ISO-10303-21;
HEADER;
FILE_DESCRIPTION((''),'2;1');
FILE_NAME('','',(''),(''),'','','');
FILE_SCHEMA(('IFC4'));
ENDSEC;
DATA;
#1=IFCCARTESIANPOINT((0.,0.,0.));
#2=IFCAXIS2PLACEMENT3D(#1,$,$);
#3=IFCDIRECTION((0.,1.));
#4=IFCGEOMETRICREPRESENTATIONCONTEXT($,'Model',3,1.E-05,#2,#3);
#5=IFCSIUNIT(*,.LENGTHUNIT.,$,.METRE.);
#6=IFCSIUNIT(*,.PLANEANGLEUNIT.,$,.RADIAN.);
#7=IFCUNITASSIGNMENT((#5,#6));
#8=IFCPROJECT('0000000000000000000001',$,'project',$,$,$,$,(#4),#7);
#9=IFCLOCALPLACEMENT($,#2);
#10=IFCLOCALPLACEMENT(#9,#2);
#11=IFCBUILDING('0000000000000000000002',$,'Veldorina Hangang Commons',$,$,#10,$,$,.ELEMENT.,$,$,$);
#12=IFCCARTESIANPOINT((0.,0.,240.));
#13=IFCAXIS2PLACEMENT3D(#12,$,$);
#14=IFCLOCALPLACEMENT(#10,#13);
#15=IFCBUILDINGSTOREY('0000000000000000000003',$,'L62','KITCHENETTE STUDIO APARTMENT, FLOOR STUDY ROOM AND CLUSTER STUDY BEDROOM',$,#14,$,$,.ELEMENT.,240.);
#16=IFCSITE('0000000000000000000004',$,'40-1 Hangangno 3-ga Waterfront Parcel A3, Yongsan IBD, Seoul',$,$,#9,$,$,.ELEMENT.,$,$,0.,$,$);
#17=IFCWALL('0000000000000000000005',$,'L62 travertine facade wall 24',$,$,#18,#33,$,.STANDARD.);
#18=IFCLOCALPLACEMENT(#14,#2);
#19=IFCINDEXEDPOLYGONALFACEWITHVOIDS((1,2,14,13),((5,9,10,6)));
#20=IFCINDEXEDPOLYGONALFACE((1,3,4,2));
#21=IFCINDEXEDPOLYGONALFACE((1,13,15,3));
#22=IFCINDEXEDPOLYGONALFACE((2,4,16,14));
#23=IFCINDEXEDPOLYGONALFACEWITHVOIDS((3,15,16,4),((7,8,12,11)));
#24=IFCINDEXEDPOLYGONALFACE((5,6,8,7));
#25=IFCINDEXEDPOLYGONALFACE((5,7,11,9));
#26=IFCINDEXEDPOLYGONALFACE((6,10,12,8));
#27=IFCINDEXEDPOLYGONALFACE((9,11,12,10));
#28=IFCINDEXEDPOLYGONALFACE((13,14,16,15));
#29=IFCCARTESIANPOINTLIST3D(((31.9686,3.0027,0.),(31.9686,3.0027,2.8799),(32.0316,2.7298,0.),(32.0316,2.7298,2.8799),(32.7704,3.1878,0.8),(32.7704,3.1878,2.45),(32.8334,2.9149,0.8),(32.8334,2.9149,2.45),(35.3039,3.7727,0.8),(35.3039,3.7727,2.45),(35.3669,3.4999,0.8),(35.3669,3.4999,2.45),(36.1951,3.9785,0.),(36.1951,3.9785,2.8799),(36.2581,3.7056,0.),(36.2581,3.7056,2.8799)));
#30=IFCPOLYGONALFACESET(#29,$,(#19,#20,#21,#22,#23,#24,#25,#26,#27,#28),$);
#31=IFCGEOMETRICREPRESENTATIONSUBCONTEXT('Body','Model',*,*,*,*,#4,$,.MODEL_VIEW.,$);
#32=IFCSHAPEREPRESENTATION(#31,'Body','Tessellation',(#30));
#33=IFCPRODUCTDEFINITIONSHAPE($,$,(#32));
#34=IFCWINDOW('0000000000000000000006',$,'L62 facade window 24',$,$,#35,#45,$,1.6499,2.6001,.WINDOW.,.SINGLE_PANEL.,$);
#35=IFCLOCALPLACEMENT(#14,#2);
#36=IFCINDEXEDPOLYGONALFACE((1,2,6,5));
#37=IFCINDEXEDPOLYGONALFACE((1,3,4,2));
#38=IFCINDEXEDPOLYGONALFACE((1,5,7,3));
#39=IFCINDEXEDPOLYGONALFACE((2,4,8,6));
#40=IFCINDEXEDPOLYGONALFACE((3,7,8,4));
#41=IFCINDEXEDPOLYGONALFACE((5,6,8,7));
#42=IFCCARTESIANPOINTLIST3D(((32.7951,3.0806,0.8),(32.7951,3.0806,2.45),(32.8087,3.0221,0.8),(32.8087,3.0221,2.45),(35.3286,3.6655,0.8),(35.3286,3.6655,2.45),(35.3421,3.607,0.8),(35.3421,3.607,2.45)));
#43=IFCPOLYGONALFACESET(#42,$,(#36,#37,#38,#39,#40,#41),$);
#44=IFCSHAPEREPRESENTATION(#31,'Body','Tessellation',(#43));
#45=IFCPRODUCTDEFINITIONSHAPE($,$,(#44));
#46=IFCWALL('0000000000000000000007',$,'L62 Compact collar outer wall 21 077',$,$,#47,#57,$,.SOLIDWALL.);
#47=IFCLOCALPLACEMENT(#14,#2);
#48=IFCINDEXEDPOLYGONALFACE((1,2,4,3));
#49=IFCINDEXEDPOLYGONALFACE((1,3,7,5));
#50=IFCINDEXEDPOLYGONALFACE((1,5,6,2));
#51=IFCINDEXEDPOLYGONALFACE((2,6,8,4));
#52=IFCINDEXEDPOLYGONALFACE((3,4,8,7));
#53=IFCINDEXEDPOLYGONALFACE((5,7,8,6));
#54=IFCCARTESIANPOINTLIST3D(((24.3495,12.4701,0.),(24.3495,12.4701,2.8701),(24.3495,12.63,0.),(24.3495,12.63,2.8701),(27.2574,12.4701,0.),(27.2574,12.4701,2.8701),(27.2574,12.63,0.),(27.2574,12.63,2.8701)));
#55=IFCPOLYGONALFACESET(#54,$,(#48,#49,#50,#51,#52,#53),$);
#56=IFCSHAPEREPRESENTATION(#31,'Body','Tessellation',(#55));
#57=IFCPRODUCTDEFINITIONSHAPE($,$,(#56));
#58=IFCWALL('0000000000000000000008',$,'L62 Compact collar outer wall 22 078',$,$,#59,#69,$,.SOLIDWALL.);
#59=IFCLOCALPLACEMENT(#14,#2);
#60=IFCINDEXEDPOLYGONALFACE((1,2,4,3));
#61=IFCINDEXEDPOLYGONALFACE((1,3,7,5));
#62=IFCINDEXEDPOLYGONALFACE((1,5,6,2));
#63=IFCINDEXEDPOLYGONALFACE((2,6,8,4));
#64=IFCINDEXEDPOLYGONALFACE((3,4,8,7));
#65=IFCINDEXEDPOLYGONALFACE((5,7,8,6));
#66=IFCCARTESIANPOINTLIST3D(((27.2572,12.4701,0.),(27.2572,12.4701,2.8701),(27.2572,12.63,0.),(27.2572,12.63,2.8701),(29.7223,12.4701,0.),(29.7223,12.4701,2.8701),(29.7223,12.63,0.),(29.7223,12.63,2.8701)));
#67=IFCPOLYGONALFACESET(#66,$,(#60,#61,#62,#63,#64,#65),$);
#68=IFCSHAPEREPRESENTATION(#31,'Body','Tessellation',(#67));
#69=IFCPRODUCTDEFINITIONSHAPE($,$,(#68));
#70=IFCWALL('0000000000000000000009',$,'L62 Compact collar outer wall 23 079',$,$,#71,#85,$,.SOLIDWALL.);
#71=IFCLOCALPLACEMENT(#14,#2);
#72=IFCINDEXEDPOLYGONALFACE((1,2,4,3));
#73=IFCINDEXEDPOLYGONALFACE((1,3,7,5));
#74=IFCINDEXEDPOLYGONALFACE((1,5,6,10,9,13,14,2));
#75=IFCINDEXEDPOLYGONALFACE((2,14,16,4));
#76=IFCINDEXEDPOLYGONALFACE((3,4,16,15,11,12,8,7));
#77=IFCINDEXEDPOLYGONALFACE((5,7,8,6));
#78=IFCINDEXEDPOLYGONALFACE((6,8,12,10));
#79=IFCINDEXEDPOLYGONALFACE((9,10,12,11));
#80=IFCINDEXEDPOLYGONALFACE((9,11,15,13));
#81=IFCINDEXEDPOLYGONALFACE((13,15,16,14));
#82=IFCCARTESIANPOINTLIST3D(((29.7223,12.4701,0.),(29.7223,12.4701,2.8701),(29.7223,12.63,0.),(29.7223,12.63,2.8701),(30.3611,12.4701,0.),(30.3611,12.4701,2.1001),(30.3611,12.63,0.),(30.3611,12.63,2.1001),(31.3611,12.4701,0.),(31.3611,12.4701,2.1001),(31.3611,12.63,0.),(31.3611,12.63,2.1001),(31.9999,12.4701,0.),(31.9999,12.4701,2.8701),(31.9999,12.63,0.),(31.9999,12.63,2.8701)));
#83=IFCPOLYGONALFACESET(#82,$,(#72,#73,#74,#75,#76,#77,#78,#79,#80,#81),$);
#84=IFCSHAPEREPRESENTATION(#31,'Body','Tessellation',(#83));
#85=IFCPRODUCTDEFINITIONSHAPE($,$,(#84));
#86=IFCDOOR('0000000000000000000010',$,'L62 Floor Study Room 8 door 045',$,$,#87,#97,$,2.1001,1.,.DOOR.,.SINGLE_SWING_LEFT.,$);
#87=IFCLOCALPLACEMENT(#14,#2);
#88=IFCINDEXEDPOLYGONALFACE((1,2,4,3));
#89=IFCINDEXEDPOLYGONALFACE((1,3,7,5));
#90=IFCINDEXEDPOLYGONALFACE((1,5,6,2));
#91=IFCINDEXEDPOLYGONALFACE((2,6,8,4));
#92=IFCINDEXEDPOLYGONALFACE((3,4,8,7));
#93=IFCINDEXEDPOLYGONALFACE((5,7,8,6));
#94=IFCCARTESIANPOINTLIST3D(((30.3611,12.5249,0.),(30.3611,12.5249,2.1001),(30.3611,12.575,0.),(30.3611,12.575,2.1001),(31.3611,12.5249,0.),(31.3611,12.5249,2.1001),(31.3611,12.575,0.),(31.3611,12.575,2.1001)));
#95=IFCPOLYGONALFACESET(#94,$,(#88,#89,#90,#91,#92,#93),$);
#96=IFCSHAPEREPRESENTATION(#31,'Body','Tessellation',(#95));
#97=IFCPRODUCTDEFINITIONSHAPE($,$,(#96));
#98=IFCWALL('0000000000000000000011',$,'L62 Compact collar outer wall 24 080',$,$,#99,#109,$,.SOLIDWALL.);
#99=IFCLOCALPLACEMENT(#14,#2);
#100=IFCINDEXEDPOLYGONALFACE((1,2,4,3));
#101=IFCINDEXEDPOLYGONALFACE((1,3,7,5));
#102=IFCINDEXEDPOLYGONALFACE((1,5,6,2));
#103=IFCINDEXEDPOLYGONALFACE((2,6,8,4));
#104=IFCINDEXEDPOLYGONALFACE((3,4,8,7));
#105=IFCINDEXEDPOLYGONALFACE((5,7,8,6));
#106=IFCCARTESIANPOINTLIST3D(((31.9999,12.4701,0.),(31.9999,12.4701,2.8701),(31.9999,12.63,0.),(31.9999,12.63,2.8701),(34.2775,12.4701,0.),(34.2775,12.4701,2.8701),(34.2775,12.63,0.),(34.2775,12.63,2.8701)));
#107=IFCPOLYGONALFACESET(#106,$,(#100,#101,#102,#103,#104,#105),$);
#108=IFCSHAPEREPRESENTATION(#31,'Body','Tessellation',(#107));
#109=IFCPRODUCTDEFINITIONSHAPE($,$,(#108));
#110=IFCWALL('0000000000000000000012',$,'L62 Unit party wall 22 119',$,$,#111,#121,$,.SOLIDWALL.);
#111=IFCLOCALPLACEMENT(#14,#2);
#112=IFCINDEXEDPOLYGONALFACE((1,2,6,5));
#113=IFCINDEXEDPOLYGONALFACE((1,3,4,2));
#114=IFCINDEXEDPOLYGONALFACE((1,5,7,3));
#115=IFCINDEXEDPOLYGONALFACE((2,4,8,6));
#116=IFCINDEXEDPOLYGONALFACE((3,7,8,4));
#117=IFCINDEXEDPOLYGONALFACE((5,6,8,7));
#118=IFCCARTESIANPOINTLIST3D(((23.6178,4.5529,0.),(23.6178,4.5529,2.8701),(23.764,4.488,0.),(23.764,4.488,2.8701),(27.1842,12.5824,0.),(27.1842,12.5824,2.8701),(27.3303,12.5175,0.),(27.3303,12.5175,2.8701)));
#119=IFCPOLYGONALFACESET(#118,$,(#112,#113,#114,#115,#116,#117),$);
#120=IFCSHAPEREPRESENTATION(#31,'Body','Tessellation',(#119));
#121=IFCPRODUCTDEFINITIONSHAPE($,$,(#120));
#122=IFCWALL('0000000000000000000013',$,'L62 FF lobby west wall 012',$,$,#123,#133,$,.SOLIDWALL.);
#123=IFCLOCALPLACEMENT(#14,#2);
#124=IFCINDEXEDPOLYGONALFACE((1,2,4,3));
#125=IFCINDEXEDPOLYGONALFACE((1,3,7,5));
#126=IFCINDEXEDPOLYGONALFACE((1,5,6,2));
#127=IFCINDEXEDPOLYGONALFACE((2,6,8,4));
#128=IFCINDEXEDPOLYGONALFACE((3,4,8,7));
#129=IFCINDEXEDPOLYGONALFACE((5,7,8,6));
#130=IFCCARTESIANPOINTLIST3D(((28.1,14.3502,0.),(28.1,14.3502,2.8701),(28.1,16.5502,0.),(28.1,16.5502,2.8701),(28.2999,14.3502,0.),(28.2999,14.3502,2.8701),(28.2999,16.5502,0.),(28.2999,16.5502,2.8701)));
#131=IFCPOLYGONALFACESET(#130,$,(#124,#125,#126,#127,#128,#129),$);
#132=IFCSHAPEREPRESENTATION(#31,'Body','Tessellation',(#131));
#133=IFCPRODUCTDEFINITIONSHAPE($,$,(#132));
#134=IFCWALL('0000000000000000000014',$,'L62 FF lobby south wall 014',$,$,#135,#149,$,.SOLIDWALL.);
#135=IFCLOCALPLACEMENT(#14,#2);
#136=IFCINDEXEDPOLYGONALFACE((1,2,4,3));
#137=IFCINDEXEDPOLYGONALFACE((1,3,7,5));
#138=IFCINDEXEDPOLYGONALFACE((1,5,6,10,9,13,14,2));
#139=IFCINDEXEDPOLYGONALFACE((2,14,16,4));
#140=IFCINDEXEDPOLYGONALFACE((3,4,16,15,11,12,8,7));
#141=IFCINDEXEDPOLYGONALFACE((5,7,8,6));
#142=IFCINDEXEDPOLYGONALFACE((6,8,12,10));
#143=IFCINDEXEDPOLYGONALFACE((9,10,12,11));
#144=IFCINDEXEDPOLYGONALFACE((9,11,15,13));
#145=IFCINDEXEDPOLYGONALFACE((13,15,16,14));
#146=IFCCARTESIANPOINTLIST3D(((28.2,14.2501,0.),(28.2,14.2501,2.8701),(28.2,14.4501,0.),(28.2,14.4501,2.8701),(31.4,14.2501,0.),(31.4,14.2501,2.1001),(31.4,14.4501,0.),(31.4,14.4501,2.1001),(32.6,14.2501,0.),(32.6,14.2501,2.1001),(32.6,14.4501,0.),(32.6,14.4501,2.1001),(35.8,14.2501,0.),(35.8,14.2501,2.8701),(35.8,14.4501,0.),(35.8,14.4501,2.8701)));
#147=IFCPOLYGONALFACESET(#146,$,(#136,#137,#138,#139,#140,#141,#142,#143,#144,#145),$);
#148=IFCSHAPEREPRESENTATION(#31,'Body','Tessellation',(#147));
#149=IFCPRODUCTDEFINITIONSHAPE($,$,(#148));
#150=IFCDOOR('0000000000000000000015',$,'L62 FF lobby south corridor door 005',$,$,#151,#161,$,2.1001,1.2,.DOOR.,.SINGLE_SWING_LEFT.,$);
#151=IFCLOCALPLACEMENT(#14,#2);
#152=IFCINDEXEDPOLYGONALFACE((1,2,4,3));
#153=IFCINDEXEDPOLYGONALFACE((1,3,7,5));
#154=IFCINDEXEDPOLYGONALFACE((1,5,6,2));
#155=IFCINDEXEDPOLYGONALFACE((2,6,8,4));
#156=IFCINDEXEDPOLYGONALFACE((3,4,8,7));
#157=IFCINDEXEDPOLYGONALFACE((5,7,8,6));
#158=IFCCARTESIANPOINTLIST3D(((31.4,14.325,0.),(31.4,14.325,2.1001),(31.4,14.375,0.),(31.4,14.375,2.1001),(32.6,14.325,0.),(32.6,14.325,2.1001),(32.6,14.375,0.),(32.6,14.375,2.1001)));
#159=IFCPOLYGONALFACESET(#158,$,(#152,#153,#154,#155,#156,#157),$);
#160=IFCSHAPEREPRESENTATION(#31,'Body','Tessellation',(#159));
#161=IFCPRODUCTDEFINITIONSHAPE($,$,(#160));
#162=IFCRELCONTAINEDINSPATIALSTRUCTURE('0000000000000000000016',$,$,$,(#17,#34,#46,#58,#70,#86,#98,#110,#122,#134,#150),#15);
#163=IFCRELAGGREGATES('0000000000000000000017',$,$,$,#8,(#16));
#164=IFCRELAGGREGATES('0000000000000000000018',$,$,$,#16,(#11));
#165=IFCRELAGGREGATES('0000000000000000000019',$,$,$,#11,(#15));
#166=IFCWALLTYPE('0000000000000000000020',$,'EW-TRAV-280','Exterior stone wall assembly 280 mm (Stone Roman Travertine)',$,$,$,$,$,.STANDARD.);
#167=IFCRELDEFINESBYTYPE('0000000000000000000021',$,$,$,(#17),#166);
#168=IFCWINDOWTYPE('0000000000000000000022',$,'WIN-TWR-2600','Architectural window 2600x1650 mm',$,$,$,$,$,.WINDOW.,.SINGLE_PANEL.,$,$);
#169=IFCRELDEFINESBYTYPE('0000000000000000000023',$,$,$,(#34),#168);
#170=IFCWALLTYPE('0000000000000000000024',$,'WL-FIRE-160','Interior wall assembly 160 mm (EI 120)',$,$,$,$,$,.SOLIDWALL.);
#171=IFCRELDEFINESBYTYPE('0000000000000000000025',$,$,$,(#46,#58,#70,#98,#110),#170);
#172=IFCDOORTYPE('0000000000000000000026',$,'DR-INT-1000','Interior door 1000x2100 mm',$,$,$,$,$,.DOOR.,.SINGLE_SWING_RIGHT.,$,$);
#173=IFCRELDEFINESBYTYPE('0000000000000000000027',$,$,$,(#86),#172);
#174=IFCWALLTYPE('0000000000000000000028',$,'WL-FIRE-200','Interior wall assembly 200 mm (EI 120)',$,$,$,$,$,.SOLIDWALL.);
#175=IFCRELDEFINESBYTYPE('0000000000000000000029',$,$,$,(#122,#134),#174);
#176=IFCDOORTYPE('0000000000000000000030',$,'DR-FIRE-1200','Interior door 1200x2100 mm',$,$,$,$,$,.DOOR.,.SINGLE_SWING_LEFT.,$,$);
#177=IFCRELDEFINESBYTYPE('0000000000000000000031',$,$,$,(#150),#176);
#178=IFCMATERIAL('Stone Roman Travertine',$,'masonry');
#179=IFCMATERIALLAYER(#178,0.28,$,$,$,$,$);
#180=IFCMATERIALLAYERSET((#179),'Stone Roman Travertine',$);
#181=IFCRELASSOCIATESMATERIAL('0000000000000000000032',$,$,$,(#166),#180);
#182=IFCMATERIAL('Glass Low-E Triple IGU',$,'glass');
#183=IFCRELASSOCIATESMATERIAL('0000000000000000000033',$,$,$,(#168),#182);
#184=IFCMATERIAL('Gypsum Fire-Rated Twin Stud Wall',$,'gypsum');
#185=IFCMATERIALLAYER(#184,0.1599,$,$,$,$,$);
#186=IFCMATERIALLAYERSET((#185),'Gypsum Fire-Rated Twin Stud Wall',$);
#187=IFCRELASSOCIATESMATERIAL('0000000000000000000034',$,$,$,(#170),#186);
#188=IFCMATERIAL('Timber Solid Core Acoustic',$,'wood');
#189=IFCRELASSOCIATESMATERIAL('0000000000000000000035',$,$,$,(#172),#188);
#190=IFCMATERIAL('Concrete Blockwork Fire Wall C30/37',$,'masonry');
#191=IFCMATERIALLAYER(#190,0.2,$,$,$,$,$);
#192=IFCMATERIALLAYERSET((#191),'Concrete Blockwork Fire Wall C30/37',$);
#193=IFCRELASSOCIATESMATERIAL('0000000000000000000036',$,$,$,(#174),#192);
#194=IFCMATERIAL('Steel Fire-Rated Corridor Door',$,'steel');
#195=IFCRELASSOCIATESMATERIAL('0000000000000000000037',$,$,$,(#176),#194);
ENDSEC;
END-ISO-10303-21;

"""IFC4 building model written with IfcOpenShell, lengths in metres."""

from ifc_helpers import new_model, si_unit, direction, frame, frame_2d, origin, place, context, subcontext, project, spatial, rectangle, extrude, material, layer, layer_set, type_object, element, fill, save


model = new_model("IFC4")

# Units and contexts
model_context = context("Model", 3, precision=1e-05, world=origin(), true_north=direction((0.0, 1.0)))
body_context = subcontext(model_context, "Body", "Model", "MODEL_VIEW")
ifc_project = project(units=[si_unit("LENGTHUNIT", "METRE"), si_unit("PLANEANGLEUNIT", "RADIAN")], contexts=[model_context])

# Site, building, storey
site_placement = place(None, origin())
site = spatial("IfcSite", under=ifc_project, at=site_placement, Name="40-1 Hangangno 3-ga Waterfront Parcel A3, Yongsan IBD, Seoul", CompositionType="ELEMENT", RefElevation=0.0)
building_placement = place(site_placement, origin())
building = spatial("IfcBuilding", under=site, at=building_placement, Name="Veldorina Hangang Commons", CompositionType="ELEMENT")
storey_placement = place(building_placement, frame((0.0, 0.0, 240.0)))
storey = spatial("IfcBuildingStorey", under=building, at=storey_placement, Name="L62", Description="KITCHENETTE STUDIO APARTMENT, FLOOR STUDY ROOM AND CLUSTER STUDY BEDROOM", CompositionType="ELEMENT", Elevation=240.0)

# Shared definitions
ifc_material_1 = material(Name="Stone Roman Travertine", Category="masonry")
ifc_layer_1 = layer(ifc_material_1, 0.28)
ifc_layer_set_1 = layer_set([ifc_layer_1], Name="Stone Roman Travertine")
wall_type_1 = type_object("IfcWallType", Name="EW-TRAV-280", Description="Exterior stone wall assembly 280 mm (Stone Roman Travertine)", PredefinedType="STANDARD", material=ifc_layer_set_1)

# Wall, opening, window
wall_1_placement = place(storey_placement, frame((32.0, 2.8662, 0.0), z_axis=(0.0, 0.0, 1.0), x_axis=(0.974367, 0.224962, 0.0)))
wall_1 = element("IfcWall", 1, at=wall_1_placement, inside=storey, type_object=wall_type_1, Name="L62 travertine facade wall 24", PredefinedType="STANDARD", context=body_context, shape_type="SweptSolid", body=[
    extrude(rectangle(XDim=4.3376, YDim=0.28, at=frame_2d((2.1689, 0.0))), origin(), (0.0, 0.0, 1.0), 2.8799),
])
opening_1_placement = place(wall_1_placement, frame((0.823, 0.0, 0.8)))
opening_1 = element("IfcOpeningElement", 2, at=opening_1_placement, cuts=wall_1, PredefinedType="OPENING", context=body_context, shape_type="SweptSolid", body=[
    extrude(rectangle(XDim=2.6001, YDim=1.6499, at=frame_2d((1.3, 0.825))), frame((0.0, 0.1499, 0.0), z_axis=(0.0, -1.0, 0.0), x_axis=(1.0, 0.0, 0.0)), (0.0, 0.0, 1.0), 0.3),
])
ifc_material_2 = material(Name="Glass Low-E Triple IGU", Category="glass")
window_type = type_object("IfcWindowType", Name="WIN-TWR-2600", Description="Architectural window 2600x1650 mm", PartitioningType="SINGLE_PANEL", PredefinedType="WINDOW", material=ifc_material_2)
window_placement = place(opening_1_placement, origin())
window = element("IfcWindow", 3, at=window_placement, inside=storey, type_object=window_type, Name="L62 facade window 24", OverallHeight=1.6499, OverallWidth=2.6001, PartitioningType="SINGLE_PANEL", PredefinedType="WINDOW", context=body_context, shape_type="SweptSolid", body=[
    extrude(rectangle(XDim=2.6001, YDim=1.6499, at=frame_2d((1.3, 0.825))), frame((0.0, 0.03, 0.0), z_axis=(0.0, -1.0, 0.0), x_axis=(1.0, 0.0, 0.0)), (0.0, 0.0, 1.0), 0.0601),
])
fill(opening_1, window)

# Walls
ifc_material_3 = material(Name="Gypsum Fire-Rated Twin Stud Wall", Category="gypsum")
ifc_layer_2 = layer(ifc_material_3, 0.1599)
ifc_layer_set_2 = layer_set([ifc_layer_2], Name="Gypsum Fire-Rated Twin Stud Wall")
wall_type_2 = type_object("IfcWallType", Name="WL-FIRE-160", Description="Interior wall assembly 160 mm (EI 120)", PredefinedType="SOLIDWALL", material=ifc_layer_set_2)
wall_2_placement = place(storey_placement, frame((24.3494, 12.55, 0.0), z_axis=(0.0, 0.0, 1.0), x_axis=(1.0, 0.0, 0.0)))
element("IfcWall", 4, at=wall_2_placement, inside=storey, type_object=wall_type_2, Name="L62 Compact collar outer wall 21 077", PredefinedType="SOLIDWALL", context=body_context, shape_type="SweptSolid", body=[
    extrude(rectangle(XDim=2.908, YDim=0.1599, at=frame_2d((1.4541, 0.0))), origin(), (0.0, 0.0, 1.0), 2.8701),
])
wall_3_placement = place(storey_placement, frame((27.2573, 12.55, 0.0), z_axis=(0.0, 0.0, 1.0), x_axis=(1.0, 0.0, 0.0)))
element("IfcWall", 5, at=wall_3_placement, inside=storey, type_object=wall_type_2, Name="L62 Compact collar outer wall 22 078", PredefinedType="SOLIDWALL", context=body_context, shape_type="SweptSolid", body=[
    extrude(rectangle(XDim=2.4651, YDim=0.1599, at=frame_2d((1.2324, 0.0))), origin(), (0.0, 0.0, 1.0), 2.8701),
])

# Wall, opening, door
wall_4_placement = place(storey_placement, frame((29.7224, 12.55, 0.0), z_axis=(0.0, 0.0, 1.0), x_axis=(1.0, 0.0, 0.0)))
wall_4 = element("IfcWall", 6, at=wall_4_placement, inside=storey, type_object=wall_type_2, Name="L62 Compact collar outer wall 23 079", PredefinedType="SOLIDWALL", context=body_context, shape_type="SweptSolid", body=[
    extrude(rectangle(XDim=2.2776, YDim=0.1599, at=frame_2d((1.1387, 0.0))), origin(), (0.0, 0.0, 1.0), 2.8701),
])
opening_2_placement = place(wall_4_placement, frame((0.6387, 0.0, 0.0)))
opening_2 = element("IfcOpeningElement", 7, at=opening_2_placement, cuts=wall_4, PredefinedType="OPENING", context=body_context, shape_type="SweptSolid", body=[
    extrude(rectangle(XDim=1.0, YDim=2.1001, at=frame_2d((0.5, 1.05))), frame((0.0, 0.0898, 0.0), z_axis=(0.0, -1.0, 0.0), x_axis=(1.0, 0.0, 0.0)), (0.0, 0.0, 1.0), 0.1799),
])
ifc_material_4 = material(Name="Timber Solid Core Acoustic", Category="wood")
door_type_1 = type_object("IfcDoorType", Name="DR-INT-1000", Description="Interior door 1000x2100 mm", OperationType="SINGLE_SWING_RIGHT", PredefinedType="DOOR", material=ifc_material_4)
door_1_placement = place(opening_2_placement, origin())
door_1 = element("IfcDoor", 8, at=door_1_placement, inside=storey, type_object=door_type_1, Name="L62 Floor Study Room 8 door 045", OperationType="SINGLE_SWING_LEFT", OverallHeight=2.1001, OverallWidth=1.0, PredefinedType="DOOR", context=body_context, shape_type="SweptSolid", body=[
    extrude(rectangle(XDim=1.0, YDim=2.1001, at=frame_2d((0.5, 1.05))), frame((0.0, 0.0249, 0.0), z_axis=(0.0, -1.0, 0.0), x_axis=(1.0, 0.0, 0.0)), (0.0, 0.0, 1.0), 0.05),
])
fill(opening_2, door_1)

# Walls
wall_5_placement = place(storey_placement, frame((32.0, 12.55, 0.0), z_axis=(0.0, 0.0, 1.0), x_axis=(1.0, 0.0, 0.0)))
element("IfcWall", 9, at=wall_5_placement, inside=storey, type_object=wall_type_2, Name="L62 Compact collar outer wall 24 080", PredefinedType="SOLIDWALL", context=body_context, shape_type="SweptSolid", body=[
    extrude(rectangle(XDim=2.2776, YDim=0.1599, at=frame_2d((1.1387, 0.0))), origin(), (0.0, 0.0, 1.0), 2.8701),
])
wall_6_placement = place(storey_placement, frame((27.2573, 12.55, 0.0), z_axis=(0.0, 0.0, 1.0), x_axis=(-0.405922, -0.913908, 0.0)))
element("IfcWall", 10, at=wall_6_placement, inside=storey, type_object=wall_type_2, Name="L62 Unit party wall 22 119", PredefinedType="SOLIDWALL", context=body_context, shape_type="SweptSolid", body=[
    extrude(rectangle(XDim=8.7859, YDim=0.1599, at=frame_2d((4.3931, 0.0))), origin(), (0.0, 0.0, 1.0), 2.8701),
])
ifc_material_5 = material(Name="Concrete Blockwork Fire Wall C30/37", Category="masonry")
ifc_layer_3 = layer(ifc_material_5, 0.2)
ifc_layer_set_3 = layer_set([ifc_layer_3], Name="Concrete Blockwork Fire Wall C30/37")
wall_type_3 = type_object("IfcWallType", Name="WL-FIRE-200", Description="Interior wall assembly 200 mm (EI 120)", PredefinedType="SOLIDWALL", material=ifc_layer_set_3)
wall_7_placement = place(storey_placement, frame((28.2, 14.3501, 0.0), z_axis=(0.0, 0.0, 1.0), x_axis=(0.0, 1.0, 0.0)))
element("IfcWall", 11, at=wall_7_placement, inside=storey, type_object=wall_type_3, Name="L62 FF lobby west wall 012", PredefinedType="SOLIDWALL", context=body_context, shape_type="SweptSolid", body=[
    extrude(rectangle(XDim=2.2, YDim=0.2, at=frame_2d((1.1001, 0.0))), origin(), (0.0, 0.0, 1.0), 2.8701),
])

# Wall, opening, door
wall_8_placement = place(storey_placement, frame((28.2, 14.3501, 0.0), z_axis=(0.0, 0.0, 1.0), x_axis=(1.0, 0.0, 0.0)))
wall_8 = element("IfcWall", 12, at=wall_8_placement, inside=storey, type_object=wall_type_3, Name="L62 FF lobby south wall 014", PredefinedType="SOLIDWALL", context=body_context, shape_type="SweptSolid", body=[
    extrude(rectangle(XDim=7.6001, YDim=0.2, at=frame_2d((3.8, 0.0))), origin(), (0.0, 0.0, 1.0), 2.8701),
])
opening_3_placement = place(wall_8_placement, frame((3.2, 0.0, 0.0)))
opening_3 = element("IfcOpeningElement", 13, at=opening_3_placement, cuts=wall_8, PredefinedType="OPENING", context=body_context, shape_type="SweptSolid", body=[
    extrude(rectangle(XDim=1.2, YDim=2.1001, at=frame_2d((0.6001, 1.05))), frame((0.0, 0.1099, 0.0), z_axis=(0.0, -1.0, 0.0), x_axis=(1.0, 0.0, 0.0)), (0.0, 0.0, 1.0), 0.22),
])
ifc_material_6 = material(Name="Steel Fire-Rated Corridor Door", Category="steel")
door_type_2 = type_object("IfcDoorType", Name="DR-FIRE-1200", Description="Interior door 1200x2100 mm", OperationType="SINGLE_SWING_LEFT", PredefinedType="DOOR", material=ifc_material_6)
door_2_placement = place(opening_3_placement, origin())
door_2 = element("IfcDoor", 14, at=door_2_placement, inside=storey, type_object=door_type_2, Name="L62 FF lobby south corridor door 005", OperationType="SINGLE_SWING_LEFT", OverallHeight=2.1001, OverallWidth=1.2, PredefinedType="DOOR", context=body_context, shape_type="SweptSolid", body=[
    extrude(rectangle(XDim=1.2, YDim=2.1001, at=frame_2d((0.6001, 1.05))), frame((0.0, 0.0249, 0.0), z_axis=(0.0, -1.0, 0.0), x_axis=(1.0, 0.0, 0.0)), (0.0, 0.0, 1.0), 0.05),
])
fill(opening_3, door_2)

save(model, "model.ifc")
